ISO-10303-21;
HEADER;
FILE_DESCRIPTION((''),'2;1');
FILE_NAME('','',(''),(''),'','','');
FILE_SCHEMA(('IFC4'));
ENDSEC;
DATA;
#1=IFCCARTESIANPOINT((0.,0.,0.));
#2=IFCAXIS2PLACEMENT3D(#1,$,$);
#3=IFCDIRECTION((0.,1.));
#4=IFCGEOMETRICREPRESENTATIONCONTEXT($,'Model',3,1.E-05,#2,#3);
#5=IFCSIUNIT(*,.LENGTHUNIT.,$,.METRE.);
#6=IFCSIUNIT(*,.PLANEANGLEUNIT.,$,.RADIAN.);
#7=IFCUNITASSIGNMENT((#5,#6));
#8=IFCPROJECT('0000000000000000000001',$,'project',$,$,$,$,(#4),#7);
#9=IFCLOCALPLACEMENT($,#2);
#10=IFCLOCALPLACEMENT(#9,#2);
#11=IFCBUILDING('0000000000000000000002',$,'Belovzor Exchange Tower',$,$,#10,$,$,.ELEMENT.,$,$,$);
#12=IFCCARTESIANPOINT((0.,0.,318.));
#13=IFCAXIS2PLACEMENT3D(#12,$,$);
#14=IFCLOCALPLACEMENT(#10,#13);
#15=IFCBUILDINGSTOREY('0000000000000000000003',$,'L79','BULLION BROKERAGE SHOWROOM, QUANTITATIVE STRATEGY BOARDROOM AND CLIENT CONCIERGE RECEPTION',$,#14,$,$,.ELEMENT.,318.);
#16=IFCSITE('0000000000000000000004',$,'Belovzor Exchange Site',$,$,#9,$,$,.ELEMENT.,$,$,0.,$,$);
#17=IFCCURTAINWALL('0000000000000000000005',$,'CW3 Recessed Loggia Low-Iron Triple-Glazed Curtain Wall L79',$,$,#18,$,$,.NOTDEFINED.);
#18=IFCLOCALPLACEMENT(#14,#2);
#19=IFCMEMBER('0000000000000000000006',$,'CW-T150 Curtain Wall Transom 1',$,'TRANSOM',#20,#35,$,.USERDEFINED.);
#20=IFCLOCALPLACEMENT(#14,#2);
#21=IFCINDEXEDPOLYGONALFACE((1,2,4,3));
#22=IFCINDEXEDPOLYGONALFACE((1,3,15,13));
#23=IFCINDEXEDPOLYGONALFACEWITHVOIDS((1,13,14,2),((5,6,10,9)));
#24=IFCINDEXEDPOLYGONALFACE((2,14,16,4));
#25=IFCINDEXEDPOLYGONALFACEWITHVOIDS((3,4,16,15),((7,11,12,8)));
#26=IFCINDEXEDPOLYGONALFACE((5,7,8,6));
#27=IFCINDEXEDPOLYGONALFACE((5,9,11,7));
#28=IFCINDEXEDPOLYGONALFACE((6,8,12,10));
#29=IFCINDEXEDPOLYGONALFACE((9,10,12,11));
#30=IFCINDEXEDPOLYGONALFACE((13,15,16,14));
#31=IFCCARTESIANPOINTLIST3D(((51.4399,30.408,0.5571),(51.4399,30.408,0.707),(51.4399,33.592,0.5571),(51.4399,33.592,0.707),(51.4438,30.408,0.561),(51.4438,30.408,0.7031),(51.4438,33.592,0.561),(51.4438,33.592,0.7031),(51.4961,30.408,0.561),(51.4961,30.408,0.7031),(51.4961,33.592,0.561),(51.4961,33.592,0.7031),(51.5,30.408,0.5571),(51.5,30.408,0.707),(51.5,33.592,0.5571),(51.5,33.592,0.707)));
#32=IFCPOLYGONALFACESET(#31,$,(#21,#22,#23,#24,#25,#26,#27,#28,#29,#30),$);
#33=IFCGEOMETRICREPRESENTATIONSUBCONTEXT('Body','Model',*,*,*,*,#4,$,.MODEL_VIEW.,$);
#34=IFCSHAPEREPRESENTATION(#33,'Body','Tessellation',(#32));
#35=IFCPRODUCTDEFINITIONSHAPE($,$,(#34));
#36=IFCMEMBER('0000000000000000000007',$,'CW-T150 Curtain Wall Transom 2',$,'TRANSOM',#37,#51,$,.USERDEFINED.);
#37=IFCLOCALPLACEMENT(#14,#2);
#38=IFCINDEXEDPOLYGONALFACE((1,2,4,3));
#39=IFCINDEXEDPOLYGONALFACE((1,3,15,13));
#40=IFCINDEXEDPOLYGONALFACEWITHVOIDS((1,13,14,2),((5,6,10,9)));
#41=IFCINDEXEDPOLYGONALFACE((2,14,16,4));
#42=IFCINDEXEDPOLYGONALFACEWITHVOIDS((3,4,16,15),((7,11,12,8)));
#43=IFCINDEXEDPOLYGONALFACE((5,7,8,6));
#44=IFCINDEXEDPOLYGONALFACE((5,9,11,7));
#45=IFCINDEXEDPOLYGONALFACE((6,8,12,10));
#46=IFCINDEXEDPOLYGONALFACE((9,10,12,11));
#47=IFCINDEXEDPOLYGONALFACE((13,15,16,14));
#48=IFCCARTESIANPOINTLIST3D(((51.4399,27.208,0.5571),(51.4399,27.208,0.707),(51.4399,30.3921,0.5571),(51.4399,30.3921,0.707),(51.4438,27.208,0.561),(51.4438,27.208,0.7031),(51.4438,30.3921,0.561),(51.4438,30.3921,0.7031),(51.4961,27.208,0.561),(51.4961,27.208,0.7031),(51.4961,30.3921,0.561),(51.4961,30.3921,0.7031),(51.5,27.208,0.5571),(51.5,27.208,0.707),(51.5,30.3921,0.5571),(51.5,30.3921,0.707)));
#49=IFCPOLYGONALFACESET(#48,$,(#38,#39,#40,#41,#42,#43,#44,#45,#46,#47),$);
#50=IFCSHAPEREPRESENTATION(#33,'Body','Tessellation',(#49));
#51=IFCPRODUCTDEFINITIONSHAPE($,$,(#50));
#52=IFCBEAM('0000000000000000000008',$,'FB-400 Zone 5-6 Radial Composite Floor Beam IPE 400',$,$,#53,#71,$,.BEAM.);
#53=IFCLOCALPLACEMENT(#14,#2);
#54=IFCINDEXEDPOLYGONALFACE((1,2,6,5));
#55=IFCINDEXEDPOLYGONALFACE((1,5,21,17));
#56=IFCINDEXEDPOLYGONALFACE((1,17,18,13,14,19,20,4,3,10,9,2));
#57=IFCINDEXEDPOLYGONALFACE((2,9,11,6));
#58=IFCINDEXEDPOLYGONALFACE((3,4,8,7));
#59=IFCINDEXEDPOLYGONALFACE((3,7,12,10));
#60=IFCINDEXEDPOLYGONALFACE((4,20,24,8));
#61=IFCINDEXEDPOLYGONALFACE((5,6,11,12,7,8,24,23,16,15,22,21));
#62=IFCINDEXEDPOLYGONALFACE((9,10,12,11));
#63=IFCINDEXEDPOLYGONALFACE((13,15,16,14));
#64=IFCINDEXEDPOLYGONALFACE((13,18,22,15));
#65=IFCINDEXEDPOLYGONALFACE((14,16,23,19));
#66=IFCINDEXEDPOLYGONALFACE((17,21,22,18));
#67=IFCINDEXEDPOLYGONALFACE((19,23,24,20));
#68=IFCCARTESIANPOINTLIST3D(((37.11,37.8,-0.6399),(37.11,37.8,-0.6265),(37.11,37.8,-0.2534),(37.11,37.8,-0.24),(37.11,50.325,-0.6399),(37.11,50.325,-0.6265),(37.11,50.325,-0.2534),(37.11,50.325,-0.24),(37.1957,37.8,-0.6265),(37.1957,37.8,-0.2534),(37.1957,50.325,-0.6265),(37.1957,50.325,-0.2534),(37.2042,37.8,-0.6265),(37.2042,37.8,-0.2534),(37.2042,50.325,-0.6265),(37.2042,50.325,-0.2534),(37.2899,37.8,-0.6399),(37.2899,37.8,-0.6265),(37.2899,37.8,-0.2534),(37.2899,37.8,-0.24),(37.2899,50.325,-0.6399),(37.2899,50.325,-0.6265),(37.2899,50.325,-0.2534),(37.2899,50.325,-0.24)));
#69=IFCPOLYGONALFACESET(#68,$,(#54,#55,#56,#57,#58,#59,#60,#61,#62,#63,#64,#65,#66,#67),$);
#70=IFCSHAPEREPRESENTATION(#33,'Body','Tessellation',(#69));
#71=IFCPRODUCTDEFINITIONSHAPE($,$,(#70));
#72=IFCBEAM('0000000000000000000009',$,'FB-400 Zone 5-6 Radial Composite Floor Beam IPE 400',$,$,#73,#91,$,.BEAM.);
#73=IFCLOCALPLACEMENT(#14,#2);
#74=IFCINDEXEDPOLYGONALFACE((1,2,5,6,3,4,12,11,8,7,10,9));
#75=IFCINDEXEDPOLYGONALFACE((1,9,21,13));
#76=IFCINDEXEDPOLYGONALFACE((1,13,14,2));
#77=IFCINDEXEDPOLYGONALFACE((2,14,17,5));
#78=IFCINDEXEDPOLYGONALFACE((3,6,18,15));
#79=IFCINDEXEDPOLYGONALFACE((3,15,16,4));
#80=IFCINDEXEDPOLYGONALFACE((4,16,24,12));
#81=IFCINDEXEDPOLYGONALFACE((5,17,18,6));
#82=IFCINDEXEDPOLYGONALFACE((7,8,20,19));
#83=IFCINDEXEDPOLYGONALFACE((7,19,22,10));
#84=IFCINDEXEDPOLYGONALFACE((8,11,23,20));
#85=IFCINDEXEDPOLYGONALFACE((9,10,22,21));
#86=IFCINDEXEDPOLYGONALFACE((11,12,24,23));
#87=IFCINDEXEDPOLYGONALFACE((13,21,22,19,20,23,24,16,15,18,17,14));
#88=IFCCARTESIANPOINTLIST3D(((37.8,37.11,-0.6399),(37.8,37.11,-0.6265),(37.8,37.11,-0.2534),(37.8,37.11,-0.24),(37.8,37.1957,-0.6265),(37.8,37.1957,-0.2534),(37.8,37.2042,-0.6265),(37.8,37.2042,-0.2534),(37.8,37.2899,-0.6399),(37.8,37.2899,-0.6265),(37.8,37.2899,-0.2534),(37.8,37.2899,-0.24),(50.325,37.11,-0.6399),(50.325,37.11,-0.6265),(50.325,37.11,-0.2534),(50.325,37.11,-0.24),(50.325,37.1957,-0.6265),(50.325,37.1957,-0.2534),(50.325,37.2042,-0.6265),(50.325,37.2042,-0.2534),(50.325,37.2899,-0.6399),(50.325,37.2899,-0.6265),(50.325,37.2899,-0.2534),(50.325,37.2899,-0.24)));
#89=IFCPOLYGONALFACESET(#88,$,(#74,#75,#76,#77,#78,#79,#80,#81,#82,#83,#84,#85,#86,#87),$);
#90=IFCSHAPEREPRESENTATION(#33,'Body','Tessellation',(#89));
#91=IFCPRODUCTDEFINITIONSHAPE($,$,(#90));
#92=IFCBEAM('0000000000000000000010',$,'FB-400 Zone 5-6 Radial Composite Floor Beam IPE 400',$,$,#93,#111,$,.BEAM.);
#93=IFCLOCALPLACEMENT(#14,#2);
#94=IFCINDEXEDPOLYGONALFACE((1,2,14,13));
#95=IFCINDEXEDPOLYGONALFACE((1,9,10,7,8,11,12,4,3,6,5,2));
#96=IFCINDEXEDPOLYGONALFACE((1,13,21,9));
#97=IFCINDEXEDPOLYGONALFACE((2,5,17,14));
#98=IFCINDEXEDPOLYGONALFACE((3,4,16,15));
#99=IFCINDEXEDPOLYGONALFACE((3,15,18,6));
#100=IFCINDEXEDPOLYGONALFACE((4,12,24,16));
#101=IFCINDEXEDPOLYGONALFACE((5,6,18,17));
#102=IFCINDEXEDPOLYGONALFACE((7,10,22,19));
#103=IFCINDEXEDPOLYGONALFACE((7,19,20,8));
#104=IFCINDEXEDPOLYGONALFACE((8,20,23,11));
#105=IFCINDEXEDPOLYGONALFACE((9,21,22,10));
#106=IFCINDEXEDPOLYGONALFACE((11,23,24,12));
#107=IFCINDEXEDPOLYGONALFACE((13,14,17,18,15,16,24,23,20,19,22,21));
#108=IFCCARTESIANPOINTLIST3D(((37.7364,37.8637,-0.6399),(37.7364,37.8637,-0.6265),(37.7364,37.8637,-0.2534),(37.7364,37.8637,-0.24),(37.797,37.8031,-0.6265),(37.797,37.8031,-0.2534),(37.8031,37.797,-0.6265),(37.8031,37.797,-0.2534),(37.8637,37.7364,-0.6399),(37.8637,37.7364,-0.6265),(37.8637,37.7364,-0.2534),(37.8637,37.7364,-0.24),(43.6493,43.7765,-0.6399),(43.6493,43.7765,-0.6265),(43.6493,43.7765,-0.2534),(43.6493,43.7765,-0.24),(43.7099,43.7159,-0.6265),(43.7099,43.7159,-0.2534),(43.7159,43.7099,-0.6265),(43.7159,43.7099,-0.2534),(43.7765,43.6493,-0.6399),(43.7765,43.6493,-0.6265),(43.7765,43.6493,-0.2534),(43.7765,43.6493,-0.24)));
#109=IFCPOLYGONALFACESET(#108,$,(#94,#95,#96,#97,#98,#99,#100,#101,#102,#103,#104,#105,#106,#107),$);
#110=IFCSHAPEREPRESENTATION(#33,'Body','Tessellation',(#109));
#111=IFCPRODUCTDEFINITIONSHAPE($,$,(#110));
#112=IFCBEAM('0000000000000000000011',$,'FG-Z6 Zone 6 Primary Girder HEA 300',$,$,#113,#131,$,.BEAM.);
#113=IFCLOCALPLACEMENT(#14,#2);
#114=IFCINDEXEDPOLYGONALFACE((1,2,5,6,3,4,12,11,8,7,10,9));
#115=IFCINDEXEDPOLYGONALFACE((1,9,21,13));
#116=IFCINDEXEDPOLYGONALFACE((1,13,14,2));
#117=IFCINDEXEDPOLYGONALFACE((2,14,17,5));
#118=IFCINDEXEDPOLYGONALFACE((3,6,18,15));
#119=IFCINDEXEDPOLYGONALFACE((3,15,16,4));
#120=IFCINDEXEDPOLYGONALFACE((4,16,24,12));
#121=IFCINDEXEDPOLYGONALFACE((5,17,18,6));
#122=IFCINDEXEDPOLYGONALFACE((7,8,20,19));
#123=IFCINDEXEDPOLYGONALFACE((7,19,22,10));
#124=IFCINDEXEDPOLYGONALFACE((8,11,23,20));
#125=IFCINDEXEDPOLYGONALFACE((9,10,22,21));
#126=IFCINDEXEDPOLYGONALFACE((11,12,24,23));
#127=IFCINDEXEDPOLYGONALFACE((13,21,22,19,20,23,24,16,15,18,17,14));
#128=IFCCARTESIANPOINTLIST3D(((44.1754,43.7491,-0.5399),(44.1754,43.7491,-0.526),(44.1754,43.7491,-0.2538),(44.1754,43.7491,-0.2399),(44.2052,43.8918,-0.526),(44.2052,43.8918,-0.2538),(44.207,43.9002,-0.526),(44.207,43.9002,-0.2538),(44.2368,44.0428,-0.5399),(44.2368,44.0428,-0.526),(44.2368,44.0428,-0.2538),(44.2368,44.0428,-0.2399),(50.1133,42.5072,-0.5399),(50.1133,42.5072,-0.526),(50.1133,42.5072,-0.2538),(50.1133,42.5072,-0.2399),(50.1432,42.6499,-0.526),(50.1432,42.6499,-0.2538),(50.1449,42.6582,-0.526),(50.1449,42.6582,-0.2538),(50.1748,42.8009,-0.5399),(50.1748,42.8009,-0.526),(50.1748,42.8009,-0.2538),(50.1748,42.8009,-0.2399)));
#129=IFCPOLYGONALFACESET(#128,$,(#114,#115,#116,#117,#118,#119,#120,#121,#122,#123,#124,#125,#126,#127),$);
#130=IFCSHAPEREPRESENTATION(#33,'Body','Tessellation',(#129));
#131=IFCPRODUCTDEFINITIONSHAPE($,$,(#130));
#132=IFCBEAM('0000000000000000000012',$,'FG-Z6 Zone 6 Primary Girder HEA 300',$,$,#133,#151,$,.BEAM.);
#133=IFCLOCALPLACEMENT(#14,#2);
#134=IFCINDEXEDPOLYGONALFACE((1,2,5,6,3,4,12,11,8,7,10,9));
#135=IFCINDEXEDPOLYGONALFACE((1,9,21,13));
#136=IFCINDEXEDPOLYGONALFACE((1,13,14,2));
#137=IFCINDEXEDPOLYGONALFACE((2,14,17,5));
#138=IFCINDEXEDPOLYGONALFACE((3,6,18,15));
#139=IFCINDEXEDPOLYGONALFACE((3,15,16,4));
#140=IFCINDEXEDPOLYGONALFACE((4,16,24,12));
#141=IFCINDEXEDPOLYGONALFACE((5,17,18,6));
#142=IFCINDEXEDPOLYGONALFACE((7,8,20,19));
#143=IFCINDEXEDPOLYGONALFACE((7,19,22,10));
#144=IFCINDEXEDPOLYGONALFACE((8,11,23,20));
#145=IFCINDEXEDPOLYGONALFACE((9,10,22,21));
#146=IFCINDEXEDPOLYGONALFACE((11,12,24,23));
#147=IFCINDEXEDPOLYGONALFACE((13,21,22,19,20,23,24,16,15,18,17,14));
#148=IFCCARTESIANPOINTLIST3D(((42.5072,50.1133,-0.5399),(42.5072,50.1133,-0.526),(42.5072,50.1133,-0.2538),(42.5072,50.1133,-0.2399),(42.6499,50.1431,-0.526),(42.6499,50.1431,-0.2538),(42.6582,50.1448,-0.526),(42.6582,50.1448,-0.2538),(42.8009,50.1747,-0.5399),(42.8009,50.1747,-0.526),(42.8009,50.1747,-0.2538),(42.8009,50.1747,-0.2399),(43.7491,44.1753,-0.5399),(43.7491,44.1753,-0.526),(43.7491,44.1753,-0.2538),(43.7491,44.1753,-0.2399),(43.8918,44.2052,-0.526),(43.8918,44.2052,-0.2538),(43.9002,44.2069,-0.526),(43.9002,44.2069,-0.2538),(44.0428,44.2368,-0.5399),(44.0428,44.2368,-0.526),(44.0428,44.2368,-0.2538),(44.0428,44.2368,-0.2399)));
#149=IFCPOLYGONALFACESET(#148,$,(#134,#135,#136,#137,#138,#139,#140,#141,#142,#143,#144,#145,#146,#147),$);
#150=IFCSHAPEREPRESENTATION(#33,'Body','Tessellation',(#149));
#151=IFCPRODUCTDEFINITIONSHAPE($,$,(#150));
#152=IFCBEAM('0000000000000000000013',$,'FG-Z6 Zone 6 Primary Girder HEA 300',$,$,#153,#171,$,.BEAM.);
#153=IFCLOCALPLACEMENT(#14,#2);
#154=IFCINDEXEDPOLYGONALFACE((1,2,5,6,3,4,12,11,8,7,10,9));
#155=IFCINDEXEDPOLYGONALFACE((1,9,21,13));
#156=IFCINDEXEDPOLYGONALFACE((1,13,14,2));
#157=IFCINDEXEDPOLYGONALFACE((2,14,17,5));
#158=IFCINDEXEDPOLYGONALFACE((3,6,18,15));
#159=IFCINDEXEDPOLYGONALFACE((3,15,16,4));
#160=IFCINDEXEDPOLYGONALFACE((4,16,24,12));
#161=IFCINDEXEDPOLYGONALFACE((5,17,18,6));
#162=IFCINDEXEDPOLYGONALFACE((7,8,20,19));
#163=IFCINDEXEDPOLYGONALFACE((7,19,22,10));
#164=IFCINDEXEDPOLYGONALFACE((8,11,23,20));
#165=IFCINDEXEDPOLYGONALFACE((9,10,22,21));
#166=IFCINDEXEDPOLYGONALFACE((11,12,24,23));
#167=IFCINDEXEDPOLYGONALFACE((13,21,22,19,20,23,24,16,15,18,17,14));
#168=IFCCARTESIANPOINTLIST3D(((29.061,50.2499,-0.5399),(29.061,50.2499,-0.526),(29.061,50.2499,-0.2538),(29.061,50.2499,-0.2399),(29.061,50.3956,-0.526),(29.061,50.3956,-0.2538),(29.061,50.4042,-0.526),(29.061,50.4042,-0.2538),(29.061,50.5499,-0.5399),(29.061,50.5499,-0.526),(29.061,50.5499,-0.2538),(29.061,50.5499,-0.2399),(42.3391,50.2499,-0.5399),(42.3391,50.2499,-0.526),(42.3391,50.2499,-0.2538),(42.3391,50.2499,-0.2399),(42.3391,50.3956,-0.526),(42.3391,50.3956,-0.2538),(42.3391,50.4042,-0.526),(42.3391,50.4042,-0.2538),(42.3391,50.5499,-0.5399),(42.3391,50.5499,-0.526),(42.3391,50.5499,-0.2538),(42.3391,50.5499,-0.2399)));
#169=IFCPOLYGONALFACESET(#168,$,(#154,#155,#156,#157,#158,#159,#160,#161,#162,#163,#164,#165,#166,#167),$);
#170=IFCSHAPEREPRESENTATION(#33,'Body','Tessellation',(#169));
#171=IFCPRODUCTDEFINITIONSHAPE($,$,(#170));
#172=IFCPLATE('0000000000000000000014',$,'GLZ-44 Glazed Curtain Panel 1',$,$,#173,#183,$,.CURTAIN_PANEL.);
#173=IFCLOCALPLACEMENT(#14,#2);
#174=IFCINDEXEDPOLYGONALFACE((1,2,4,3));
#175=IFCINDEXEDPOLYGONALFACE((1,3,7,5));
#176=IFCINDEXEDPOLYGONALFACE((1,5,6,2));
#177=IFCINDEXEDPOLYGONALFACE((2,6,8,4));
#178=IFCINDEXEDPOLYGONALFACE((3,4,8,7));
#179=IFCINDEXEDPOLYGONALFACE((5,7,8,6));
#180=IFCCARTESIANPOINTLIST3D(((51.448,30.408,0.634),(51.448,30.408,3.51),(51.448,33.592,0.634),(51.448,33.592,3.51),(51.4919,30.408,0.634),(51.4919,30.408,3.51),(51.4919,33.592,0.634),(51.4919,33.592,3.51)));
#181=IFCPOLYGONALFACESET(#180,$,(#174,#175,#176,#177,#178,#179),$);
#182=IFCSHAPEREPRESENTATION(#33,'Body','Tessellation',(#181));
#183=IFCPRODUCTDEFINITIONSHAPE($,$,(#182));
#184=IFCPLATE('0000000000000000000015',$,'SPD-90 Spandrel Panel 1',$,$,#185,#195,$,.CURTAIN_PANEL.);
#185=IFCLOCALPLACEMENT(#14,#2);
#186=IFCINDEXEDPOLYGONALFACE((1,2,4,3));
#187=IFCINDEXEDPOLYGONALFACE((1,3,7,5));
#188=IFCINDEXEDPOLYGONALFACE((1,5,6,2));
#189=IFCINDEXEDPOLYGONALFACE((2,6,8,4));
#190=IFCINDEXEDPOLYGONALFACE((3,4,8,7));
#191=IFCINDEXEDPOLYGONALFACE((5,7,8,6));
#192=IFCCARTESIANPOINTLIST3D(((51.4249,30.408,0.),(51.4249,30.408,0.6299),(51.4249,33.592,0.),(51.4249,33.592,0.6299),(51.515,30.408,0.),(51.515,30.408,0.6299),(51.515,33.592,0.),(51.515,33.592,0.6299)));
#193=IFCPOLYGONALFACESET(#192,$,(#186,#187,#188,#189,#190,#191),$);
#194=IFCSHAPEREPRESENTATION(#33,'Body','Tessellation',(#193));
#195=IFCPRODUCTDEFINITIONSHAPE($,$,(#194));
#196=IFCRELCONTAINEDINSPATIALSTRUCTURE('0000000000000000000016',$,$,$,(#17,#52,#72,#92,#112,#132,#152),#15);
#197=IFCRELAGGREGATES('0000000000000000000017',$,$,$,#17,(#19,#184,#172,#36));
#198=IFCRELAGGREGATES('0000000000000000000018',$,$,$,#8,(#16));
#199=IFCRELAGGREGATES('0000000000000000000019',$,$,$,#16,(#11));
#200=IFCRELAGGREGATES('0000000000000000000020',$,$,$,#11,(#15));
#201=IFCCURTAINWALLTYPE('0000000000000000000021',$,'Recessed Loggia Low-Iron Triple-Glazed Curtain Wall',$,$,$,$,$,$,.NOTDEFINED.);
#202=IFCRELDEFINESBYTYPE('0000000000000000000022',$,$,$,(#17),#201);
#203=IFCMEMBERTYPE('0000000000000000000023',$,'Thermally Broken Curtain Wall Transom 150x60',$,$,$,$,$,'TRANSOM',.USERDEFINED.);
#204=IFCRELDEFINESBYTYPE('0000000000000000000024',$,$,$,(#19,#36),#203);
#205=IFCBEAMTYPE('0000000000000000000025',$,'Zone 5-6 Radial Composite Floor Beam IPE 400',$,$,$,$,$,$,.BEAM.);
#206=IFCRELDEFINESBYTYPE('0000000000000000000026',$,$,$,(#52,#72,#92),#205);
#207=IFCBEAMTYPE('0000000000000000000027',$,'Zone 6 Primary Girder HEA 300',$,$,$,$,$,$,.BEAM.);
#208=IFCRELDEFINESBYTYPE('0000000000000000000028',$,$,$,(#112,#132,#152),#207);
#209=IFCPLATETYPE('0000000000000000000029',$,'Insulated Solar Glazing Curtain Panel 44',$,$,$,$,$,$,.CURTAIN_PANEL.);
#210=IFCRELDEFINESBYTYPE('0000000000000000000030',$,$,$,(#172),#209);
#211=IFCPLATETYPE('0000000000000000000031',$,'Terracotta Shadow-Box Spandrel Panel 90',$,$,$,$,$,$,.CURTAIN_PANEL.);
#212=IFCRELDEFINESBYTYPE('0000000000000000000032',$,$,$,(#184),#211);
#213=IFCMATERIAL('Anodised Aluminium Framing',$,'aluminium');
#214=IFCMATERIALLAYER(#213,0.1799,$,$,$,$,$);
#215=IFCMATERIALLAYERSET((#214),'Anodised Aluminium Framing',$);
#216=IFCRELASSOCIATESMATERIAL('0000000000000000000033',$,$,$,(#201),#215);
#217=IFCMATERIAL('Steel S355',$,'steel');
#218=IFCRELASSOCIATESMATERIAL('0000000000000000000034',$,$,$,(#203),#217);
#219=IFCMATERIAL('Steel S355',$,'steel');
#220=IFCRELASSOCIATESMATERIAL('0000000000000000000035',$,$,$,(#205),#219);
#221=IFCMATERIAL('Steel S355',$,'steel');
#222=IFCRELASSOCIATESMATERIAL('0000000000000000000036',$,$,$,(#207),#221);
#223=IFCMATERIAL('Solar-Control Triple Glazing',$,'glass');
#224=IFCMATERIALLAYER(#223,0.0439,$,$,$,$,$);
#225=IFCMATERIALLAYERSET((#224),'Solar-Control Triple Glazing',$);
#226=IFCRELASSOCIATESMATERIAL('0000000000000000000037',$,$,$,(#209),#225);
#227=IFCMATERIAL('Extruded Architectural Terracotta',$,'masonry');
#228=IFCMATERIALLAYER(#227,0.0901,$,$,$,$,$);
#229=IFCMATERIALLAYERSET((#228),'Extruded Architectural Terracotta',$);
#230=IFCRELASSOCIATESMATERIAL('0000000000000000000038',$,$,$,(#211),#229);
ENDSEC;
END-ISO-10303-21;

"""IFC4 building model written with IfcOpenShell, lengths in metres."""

from ifc_helpers import new_model, si_unit, direction, frame, origin, origin_2d, place, context, subcontext, project, spatial, rectangle, hollow_rectangle, i_section, extrude, material, layer, layer_set, material_profile, profile_set, type_object, element, aggregate, save


model = new_model("IFC4")

# Units and contexts
model_context = context("Model", 3, precision=1e-05, world=origin(), true_north=direction((0.0, 1.0)))
body_context = subcontext(model_context, "Body", "Model", "MODEL_VIEW")
ifc_project = project(units=[si_unit("LENGTHUNIT", "METRE"), si_unit("PLANEANGLEUNIT", "RADIAN")], contexts=[model_context])

# Site, building, storey
site_placement = place(None, origin())
site = spatial("IfcSite", under=ifc_project, at=site_placement, Name="Belovzor Exchange Site", CompositionType="ELEMENT", RefElevation=0.0)
building_placement = place(site_placement, origin())
building = spatial("IfcBuilding", under=site, at=building_placement, Name="Belovzor Exchange Tower", CompositionType="ELEMENT")
storey_placement = place(building_placement, frame((0.0, 0.0, 318.0)))
storey = spatial("IfcBuildingStorey", under=building, at=storey_placement, Name="L79", Description="BULLION BROKERAGE SHOWROOM, QUANTITATIVE STRATEGY BOARDROOM AND CLIENT CONCIERGE RECEPTION", CompositionType="ELEMENT", Elevation=318.0)

# Curtain wall, members
ifc_material_1 = material(Name="Anodised Aluminium Framing", Category="aluminium")
ifc_layer_1 = layer(ifc_material_1, 0.1799)
ifc_layer_set_1 = layer_set([ifc_layer_1], Name="Anodised Aluminium Framing")
curtain_wall_type = type_object("IfcCurtainWallType", Name="Recessed Loggia Low-Iron Triple-Glazed Curtain Wall", PredefinedType="NOTDEFINED", material=ifc_layer_set_1)
curtain_wall_placement = place(storey_placement, origin())
curtain_wall = element("IfcCurtainWall", 1, at=curtain_wall_placement, inside=storey, type_object=curtain_wall_type, Name="CW3 Recessed Loggia Low-Iron Triple-Glazed Curtain Wall L79", PredefinedType="NOTDEFINED")
ifc_material_2 = material(Name="Steel S355", Category="steel")
ifc_material_profile_1 = material_profile(ifc_material_2, hollow_rectangle(XDim=0.0601, YDim=0.1499, WallThickness=0.0039, at=origin_2d()))
ifc_profile_set_1 = profile_set([ifc_material_profile_1], Name="Steel S355")
member_type_1 = type_object("IfcMemberType", Name="Thermally Broken Curtain Wall Transom 150x60", ElementType="TRANSOM", PredefinedType="USERDEFINED", material=ifc_profile_set_1)
member_1_placement = place(storey_placement, frame((51.47, 33.592, 0.6321), z_axis=(0.0, -1.0, 0.0), x_axis=(1.0, 0.0, 0.0)))
member_1 = element("IfcMember", 2, at=member_1_placement, type_object=member_type_1, Name="CW-T150 Curtain Wall Transom 1", ObjectType="TRANSOM", PredefinedType="USERDEFINED", context=body_context, shape_type="SweptSolid", body=[
    extrude(hollow_rectangle(XDim=0.0601, YDim=0.1499, WallThickness=0.0039, at=origin_2d()), origin(), (0.0, 0.0, 1.0), 3.1841),
])
member_2_placement = place(storey_placement, frame((51.47, 30.3921, 0.6321), z_axis=(0.0, -1.0, 0.0), x_axis=(1.0, 0.0, 0.0)))
member_2 = element("IfcMember", 3, at=member_2_placement, type_object=member_type_1, Name="CW-T150 Curtain Wall Transom 2", ObjectType="TRANSOM", PredefinedType="USERDEFINED", context=body_context, shape_type="SweptSolid", body=[
    extrude(hollow_rectangle(XDim=0.0601, YDim=0.1499, WallThickness=0.0039, at=origin_2d()), origin(), (0.0, 0.0, 1.0), 3.1841),
])

# Beams
ifc_material_3 = material(Name="Steel S355", Category="steel")
ifc_material_profile_2 = material_profile(ifc_material_3, i_section(OverallWidth=0.1799, OverallDepth=0.3999, WebThickness=0.0085, FlangeThickness=0.0134, at=origin_2d()))
ifc_profile_set_2 = profile_set([ifc_material_profile_2], Name="Steel S355")
beam_type_1 = type_object("IfcBeamType", Name="Zone 5-6 Radial Composite Floor Beam IPE 400", PredefinedType="BEAM", material=ifc_profile_set_2)
for number, where, z_axis, x_axis, name in (
    (4, (37.2, 37.8, -0.4399), (0.0, 1.0, 0.0), (-1.0, 0.0, 0.0), "FB-400 Zone 5-6 Radial Composite Floor Beam IPE 400"),
    (5, (37.8, 37.2, -0.4399), (1.0, 0.0, 0.0), (0.0, 1.0, 0.0), "FB-400 Zone 5-6 Radial Composite Floor Beam IPE 400"),
):
    element("IfcBeam", number, at=place(storey_placement, frame(where, z_axis=z_axis, x_axis=x_axis)), inside=storey, type_object=beam_type_1, Name=name, PredefinedType="BEAM", context=body_context, shape_type="SweptSolid", body=[
        extrude(i_section(OverallWidth=0.1799, OverallDepth=0.3999, WebThickness=0.0085, FlangeThickness=0.0134, at=origin_2d()), origin(), (0.0, 0.0, 1.0), 12.5249),
    ])
beam_1_placement = place(storey_placement, frame((37.8, 37.8, -0.4399), z_axis=(0.707107, 0.707107, 0.0), x_axis=(-0.707107, 0.707107, 0.0)))
element("IfcBeam", 6, at=beam_1_placement, inside=storey, type_object=beam_type_1, Name="FB-400 Zone 5-6 Radial Composite Floor Beam IPE 400", PredefinedType="BEAM", context=body_context, shape_type="SweptSolid", body=[
    extrude(i_section(OverallWidth=0.1799, OverallDepth=0.3999, WebThickness=0.0085, FlangeThickness=0.0134, at=origin_2d()), origin(), (0.0, 0.0, 1.0), 8.3621),
])
ifc_material_4 = material(Name="Steel S355", Category="steel")
ifc_material_profile_3 = material_profile(ifc_material_4, i_section(OverallWidth=0.3, OverallDepth=0.3, WebThickness=0.0085, FlangeThickness=0.0139, at=origin_2d()))
ifc_profile_set_3 = profile_set([ifc_material_profile_3], Name="Steel S355")
beam_type_2 = type_object("IfcBeamType", Name="Zone 6 Primary Girder HEA 300", PredefinedType="BEAM", material=ifc_profile_set_3)
for number, where, z_axis, x_axis, name in (
    (7, (50.144, 42.6541, -0.3899), (-0.97882, 0.204722, 0.0), (-0.204722, -0.97882, 0.0), "FG-Z6 Zone 6 Primary Girder HEA 300"),
    (8, (43.896, 44.2061, -0.3899), (-0.204722, 0.97882, 0.0), (-0.97882, -0.204722, 0.0), "FG-Z6 Zone 6 Primary Girder HEA 300"),
):
    element("IfcBeam", number, at=place(storey_placement, frame(where, z_axis=z_axis, x_axis=x_axis)), inside=storey, type_object=beam_type_2, Name=name, PredefinedType="BEAM", context=body_context, shape_type="SweptSolid", body=[
        extrude(i_section(OverallWidth=0.3, OverallDepth=0.3, WebThickness=0.0085, FlangeThickness=0.0139, at=origin_2d()), origin(), (0.0, 0.0, 1.0), 6.0664),
    ])
beam_2_placement = place(storey_placement, frame((42.3391, 50.3999, -0.3899), z_axis=(-1.0, 0.0, 0.0), x_axis=(0.0, -1.0, 0.0)))
element("IfcBeam", 9, at=beam_2_placement, inside=storey, type_object=beam_type_2, Name="FG-Z6 Zone 6 Primary Girder HEA 300", PredefinedType="BEAM", context=body_context, shape_type="SweptSolid", body=[
    extrude(i_section(OverallWidth=0.3, OverallDepth=0.3, WebThickness=0.0085, FlangeThickness=0.0139, at=origin_2d()), origin(), (0.0, 0.0, 1.0), 13.2781),
])

# Plates
ifc_material_5 = material(Name="Solar-Control Triple Glazing", Category="glass")
ifc_layer_2 = layer(ifc_material_5, 0.0439)
ifc_layer_set_2 = layer_set([ifc_layer_2], Name="Solar-Control Triple Glazing")
plate_type_1 = type_object("IfcPlateType", Name="Insulated Solar Glazing Curtain Panel 44", PredefinedType="CURTAIN_PANEL", material=ifc_layer_set_2)
plate_1_placement = place(storey_placement, frame((51.47, 32.0, 0.634), z_axis=(0.0, 0.0, 1.0), x_axis=(0.0, -1.0, 0.0)))
plate_1 = element("IfcPlate", 10, at=plate_1_placement, type_object=plate_type_1, Name="GLZ-44 Glazed Curtain Panel 1", PredefinedType="CURTAIN_PANEL", context=body_context, shape_type="SweptSolid", body=[
    extrude(rectangle(XDim=3.1841, YDim=0.0439, at=origin_2d()), origin(), (0.0, 0.0, 1.0), 2.876),
])
ifc_material_6 = material(Name="Extruded Architectural Terracotta", Category="masonry")
ifc_layer_3 = layer(ifc_material_6, 0.0901)
ifc_layer_set_3 = layer_set([ifc_layer_3], Name="Extruded Architectural Terracotta")
plate_type_2 = type_object("IfcPlateType", Name="Terracotta Shadow-Box Spandrel Panel 90", PredefinedType="CURTAIN_PANEL", material=ifc_layer_set_3)
plate_2_placement = place(storey_placement, frame((51.47, 32.0, 0.0), z_axis=(0.0, 0.0, 1.0), x_axis=(0.0, -1.0, 0.0)))
plate_2 = element("IfcPlate", 11, at=plate_2_placement, type_object=plate_type_2, Name="SPD-90 Spandrel Panel 1", PredefinedType="CURTAIN_PANEL", context=body_context, shape_type="SweptSolid", body=[
    extrude(rectangle(XDim=3.1841, YDim=0.0901, at=origin_2d()), origin(), (0.0, 0.0, 1.0), 0.6299),
])
aggregate(curtain_wall, [member_1, plate_2, plate_1, member_2])

save(model, "model.ifc")
